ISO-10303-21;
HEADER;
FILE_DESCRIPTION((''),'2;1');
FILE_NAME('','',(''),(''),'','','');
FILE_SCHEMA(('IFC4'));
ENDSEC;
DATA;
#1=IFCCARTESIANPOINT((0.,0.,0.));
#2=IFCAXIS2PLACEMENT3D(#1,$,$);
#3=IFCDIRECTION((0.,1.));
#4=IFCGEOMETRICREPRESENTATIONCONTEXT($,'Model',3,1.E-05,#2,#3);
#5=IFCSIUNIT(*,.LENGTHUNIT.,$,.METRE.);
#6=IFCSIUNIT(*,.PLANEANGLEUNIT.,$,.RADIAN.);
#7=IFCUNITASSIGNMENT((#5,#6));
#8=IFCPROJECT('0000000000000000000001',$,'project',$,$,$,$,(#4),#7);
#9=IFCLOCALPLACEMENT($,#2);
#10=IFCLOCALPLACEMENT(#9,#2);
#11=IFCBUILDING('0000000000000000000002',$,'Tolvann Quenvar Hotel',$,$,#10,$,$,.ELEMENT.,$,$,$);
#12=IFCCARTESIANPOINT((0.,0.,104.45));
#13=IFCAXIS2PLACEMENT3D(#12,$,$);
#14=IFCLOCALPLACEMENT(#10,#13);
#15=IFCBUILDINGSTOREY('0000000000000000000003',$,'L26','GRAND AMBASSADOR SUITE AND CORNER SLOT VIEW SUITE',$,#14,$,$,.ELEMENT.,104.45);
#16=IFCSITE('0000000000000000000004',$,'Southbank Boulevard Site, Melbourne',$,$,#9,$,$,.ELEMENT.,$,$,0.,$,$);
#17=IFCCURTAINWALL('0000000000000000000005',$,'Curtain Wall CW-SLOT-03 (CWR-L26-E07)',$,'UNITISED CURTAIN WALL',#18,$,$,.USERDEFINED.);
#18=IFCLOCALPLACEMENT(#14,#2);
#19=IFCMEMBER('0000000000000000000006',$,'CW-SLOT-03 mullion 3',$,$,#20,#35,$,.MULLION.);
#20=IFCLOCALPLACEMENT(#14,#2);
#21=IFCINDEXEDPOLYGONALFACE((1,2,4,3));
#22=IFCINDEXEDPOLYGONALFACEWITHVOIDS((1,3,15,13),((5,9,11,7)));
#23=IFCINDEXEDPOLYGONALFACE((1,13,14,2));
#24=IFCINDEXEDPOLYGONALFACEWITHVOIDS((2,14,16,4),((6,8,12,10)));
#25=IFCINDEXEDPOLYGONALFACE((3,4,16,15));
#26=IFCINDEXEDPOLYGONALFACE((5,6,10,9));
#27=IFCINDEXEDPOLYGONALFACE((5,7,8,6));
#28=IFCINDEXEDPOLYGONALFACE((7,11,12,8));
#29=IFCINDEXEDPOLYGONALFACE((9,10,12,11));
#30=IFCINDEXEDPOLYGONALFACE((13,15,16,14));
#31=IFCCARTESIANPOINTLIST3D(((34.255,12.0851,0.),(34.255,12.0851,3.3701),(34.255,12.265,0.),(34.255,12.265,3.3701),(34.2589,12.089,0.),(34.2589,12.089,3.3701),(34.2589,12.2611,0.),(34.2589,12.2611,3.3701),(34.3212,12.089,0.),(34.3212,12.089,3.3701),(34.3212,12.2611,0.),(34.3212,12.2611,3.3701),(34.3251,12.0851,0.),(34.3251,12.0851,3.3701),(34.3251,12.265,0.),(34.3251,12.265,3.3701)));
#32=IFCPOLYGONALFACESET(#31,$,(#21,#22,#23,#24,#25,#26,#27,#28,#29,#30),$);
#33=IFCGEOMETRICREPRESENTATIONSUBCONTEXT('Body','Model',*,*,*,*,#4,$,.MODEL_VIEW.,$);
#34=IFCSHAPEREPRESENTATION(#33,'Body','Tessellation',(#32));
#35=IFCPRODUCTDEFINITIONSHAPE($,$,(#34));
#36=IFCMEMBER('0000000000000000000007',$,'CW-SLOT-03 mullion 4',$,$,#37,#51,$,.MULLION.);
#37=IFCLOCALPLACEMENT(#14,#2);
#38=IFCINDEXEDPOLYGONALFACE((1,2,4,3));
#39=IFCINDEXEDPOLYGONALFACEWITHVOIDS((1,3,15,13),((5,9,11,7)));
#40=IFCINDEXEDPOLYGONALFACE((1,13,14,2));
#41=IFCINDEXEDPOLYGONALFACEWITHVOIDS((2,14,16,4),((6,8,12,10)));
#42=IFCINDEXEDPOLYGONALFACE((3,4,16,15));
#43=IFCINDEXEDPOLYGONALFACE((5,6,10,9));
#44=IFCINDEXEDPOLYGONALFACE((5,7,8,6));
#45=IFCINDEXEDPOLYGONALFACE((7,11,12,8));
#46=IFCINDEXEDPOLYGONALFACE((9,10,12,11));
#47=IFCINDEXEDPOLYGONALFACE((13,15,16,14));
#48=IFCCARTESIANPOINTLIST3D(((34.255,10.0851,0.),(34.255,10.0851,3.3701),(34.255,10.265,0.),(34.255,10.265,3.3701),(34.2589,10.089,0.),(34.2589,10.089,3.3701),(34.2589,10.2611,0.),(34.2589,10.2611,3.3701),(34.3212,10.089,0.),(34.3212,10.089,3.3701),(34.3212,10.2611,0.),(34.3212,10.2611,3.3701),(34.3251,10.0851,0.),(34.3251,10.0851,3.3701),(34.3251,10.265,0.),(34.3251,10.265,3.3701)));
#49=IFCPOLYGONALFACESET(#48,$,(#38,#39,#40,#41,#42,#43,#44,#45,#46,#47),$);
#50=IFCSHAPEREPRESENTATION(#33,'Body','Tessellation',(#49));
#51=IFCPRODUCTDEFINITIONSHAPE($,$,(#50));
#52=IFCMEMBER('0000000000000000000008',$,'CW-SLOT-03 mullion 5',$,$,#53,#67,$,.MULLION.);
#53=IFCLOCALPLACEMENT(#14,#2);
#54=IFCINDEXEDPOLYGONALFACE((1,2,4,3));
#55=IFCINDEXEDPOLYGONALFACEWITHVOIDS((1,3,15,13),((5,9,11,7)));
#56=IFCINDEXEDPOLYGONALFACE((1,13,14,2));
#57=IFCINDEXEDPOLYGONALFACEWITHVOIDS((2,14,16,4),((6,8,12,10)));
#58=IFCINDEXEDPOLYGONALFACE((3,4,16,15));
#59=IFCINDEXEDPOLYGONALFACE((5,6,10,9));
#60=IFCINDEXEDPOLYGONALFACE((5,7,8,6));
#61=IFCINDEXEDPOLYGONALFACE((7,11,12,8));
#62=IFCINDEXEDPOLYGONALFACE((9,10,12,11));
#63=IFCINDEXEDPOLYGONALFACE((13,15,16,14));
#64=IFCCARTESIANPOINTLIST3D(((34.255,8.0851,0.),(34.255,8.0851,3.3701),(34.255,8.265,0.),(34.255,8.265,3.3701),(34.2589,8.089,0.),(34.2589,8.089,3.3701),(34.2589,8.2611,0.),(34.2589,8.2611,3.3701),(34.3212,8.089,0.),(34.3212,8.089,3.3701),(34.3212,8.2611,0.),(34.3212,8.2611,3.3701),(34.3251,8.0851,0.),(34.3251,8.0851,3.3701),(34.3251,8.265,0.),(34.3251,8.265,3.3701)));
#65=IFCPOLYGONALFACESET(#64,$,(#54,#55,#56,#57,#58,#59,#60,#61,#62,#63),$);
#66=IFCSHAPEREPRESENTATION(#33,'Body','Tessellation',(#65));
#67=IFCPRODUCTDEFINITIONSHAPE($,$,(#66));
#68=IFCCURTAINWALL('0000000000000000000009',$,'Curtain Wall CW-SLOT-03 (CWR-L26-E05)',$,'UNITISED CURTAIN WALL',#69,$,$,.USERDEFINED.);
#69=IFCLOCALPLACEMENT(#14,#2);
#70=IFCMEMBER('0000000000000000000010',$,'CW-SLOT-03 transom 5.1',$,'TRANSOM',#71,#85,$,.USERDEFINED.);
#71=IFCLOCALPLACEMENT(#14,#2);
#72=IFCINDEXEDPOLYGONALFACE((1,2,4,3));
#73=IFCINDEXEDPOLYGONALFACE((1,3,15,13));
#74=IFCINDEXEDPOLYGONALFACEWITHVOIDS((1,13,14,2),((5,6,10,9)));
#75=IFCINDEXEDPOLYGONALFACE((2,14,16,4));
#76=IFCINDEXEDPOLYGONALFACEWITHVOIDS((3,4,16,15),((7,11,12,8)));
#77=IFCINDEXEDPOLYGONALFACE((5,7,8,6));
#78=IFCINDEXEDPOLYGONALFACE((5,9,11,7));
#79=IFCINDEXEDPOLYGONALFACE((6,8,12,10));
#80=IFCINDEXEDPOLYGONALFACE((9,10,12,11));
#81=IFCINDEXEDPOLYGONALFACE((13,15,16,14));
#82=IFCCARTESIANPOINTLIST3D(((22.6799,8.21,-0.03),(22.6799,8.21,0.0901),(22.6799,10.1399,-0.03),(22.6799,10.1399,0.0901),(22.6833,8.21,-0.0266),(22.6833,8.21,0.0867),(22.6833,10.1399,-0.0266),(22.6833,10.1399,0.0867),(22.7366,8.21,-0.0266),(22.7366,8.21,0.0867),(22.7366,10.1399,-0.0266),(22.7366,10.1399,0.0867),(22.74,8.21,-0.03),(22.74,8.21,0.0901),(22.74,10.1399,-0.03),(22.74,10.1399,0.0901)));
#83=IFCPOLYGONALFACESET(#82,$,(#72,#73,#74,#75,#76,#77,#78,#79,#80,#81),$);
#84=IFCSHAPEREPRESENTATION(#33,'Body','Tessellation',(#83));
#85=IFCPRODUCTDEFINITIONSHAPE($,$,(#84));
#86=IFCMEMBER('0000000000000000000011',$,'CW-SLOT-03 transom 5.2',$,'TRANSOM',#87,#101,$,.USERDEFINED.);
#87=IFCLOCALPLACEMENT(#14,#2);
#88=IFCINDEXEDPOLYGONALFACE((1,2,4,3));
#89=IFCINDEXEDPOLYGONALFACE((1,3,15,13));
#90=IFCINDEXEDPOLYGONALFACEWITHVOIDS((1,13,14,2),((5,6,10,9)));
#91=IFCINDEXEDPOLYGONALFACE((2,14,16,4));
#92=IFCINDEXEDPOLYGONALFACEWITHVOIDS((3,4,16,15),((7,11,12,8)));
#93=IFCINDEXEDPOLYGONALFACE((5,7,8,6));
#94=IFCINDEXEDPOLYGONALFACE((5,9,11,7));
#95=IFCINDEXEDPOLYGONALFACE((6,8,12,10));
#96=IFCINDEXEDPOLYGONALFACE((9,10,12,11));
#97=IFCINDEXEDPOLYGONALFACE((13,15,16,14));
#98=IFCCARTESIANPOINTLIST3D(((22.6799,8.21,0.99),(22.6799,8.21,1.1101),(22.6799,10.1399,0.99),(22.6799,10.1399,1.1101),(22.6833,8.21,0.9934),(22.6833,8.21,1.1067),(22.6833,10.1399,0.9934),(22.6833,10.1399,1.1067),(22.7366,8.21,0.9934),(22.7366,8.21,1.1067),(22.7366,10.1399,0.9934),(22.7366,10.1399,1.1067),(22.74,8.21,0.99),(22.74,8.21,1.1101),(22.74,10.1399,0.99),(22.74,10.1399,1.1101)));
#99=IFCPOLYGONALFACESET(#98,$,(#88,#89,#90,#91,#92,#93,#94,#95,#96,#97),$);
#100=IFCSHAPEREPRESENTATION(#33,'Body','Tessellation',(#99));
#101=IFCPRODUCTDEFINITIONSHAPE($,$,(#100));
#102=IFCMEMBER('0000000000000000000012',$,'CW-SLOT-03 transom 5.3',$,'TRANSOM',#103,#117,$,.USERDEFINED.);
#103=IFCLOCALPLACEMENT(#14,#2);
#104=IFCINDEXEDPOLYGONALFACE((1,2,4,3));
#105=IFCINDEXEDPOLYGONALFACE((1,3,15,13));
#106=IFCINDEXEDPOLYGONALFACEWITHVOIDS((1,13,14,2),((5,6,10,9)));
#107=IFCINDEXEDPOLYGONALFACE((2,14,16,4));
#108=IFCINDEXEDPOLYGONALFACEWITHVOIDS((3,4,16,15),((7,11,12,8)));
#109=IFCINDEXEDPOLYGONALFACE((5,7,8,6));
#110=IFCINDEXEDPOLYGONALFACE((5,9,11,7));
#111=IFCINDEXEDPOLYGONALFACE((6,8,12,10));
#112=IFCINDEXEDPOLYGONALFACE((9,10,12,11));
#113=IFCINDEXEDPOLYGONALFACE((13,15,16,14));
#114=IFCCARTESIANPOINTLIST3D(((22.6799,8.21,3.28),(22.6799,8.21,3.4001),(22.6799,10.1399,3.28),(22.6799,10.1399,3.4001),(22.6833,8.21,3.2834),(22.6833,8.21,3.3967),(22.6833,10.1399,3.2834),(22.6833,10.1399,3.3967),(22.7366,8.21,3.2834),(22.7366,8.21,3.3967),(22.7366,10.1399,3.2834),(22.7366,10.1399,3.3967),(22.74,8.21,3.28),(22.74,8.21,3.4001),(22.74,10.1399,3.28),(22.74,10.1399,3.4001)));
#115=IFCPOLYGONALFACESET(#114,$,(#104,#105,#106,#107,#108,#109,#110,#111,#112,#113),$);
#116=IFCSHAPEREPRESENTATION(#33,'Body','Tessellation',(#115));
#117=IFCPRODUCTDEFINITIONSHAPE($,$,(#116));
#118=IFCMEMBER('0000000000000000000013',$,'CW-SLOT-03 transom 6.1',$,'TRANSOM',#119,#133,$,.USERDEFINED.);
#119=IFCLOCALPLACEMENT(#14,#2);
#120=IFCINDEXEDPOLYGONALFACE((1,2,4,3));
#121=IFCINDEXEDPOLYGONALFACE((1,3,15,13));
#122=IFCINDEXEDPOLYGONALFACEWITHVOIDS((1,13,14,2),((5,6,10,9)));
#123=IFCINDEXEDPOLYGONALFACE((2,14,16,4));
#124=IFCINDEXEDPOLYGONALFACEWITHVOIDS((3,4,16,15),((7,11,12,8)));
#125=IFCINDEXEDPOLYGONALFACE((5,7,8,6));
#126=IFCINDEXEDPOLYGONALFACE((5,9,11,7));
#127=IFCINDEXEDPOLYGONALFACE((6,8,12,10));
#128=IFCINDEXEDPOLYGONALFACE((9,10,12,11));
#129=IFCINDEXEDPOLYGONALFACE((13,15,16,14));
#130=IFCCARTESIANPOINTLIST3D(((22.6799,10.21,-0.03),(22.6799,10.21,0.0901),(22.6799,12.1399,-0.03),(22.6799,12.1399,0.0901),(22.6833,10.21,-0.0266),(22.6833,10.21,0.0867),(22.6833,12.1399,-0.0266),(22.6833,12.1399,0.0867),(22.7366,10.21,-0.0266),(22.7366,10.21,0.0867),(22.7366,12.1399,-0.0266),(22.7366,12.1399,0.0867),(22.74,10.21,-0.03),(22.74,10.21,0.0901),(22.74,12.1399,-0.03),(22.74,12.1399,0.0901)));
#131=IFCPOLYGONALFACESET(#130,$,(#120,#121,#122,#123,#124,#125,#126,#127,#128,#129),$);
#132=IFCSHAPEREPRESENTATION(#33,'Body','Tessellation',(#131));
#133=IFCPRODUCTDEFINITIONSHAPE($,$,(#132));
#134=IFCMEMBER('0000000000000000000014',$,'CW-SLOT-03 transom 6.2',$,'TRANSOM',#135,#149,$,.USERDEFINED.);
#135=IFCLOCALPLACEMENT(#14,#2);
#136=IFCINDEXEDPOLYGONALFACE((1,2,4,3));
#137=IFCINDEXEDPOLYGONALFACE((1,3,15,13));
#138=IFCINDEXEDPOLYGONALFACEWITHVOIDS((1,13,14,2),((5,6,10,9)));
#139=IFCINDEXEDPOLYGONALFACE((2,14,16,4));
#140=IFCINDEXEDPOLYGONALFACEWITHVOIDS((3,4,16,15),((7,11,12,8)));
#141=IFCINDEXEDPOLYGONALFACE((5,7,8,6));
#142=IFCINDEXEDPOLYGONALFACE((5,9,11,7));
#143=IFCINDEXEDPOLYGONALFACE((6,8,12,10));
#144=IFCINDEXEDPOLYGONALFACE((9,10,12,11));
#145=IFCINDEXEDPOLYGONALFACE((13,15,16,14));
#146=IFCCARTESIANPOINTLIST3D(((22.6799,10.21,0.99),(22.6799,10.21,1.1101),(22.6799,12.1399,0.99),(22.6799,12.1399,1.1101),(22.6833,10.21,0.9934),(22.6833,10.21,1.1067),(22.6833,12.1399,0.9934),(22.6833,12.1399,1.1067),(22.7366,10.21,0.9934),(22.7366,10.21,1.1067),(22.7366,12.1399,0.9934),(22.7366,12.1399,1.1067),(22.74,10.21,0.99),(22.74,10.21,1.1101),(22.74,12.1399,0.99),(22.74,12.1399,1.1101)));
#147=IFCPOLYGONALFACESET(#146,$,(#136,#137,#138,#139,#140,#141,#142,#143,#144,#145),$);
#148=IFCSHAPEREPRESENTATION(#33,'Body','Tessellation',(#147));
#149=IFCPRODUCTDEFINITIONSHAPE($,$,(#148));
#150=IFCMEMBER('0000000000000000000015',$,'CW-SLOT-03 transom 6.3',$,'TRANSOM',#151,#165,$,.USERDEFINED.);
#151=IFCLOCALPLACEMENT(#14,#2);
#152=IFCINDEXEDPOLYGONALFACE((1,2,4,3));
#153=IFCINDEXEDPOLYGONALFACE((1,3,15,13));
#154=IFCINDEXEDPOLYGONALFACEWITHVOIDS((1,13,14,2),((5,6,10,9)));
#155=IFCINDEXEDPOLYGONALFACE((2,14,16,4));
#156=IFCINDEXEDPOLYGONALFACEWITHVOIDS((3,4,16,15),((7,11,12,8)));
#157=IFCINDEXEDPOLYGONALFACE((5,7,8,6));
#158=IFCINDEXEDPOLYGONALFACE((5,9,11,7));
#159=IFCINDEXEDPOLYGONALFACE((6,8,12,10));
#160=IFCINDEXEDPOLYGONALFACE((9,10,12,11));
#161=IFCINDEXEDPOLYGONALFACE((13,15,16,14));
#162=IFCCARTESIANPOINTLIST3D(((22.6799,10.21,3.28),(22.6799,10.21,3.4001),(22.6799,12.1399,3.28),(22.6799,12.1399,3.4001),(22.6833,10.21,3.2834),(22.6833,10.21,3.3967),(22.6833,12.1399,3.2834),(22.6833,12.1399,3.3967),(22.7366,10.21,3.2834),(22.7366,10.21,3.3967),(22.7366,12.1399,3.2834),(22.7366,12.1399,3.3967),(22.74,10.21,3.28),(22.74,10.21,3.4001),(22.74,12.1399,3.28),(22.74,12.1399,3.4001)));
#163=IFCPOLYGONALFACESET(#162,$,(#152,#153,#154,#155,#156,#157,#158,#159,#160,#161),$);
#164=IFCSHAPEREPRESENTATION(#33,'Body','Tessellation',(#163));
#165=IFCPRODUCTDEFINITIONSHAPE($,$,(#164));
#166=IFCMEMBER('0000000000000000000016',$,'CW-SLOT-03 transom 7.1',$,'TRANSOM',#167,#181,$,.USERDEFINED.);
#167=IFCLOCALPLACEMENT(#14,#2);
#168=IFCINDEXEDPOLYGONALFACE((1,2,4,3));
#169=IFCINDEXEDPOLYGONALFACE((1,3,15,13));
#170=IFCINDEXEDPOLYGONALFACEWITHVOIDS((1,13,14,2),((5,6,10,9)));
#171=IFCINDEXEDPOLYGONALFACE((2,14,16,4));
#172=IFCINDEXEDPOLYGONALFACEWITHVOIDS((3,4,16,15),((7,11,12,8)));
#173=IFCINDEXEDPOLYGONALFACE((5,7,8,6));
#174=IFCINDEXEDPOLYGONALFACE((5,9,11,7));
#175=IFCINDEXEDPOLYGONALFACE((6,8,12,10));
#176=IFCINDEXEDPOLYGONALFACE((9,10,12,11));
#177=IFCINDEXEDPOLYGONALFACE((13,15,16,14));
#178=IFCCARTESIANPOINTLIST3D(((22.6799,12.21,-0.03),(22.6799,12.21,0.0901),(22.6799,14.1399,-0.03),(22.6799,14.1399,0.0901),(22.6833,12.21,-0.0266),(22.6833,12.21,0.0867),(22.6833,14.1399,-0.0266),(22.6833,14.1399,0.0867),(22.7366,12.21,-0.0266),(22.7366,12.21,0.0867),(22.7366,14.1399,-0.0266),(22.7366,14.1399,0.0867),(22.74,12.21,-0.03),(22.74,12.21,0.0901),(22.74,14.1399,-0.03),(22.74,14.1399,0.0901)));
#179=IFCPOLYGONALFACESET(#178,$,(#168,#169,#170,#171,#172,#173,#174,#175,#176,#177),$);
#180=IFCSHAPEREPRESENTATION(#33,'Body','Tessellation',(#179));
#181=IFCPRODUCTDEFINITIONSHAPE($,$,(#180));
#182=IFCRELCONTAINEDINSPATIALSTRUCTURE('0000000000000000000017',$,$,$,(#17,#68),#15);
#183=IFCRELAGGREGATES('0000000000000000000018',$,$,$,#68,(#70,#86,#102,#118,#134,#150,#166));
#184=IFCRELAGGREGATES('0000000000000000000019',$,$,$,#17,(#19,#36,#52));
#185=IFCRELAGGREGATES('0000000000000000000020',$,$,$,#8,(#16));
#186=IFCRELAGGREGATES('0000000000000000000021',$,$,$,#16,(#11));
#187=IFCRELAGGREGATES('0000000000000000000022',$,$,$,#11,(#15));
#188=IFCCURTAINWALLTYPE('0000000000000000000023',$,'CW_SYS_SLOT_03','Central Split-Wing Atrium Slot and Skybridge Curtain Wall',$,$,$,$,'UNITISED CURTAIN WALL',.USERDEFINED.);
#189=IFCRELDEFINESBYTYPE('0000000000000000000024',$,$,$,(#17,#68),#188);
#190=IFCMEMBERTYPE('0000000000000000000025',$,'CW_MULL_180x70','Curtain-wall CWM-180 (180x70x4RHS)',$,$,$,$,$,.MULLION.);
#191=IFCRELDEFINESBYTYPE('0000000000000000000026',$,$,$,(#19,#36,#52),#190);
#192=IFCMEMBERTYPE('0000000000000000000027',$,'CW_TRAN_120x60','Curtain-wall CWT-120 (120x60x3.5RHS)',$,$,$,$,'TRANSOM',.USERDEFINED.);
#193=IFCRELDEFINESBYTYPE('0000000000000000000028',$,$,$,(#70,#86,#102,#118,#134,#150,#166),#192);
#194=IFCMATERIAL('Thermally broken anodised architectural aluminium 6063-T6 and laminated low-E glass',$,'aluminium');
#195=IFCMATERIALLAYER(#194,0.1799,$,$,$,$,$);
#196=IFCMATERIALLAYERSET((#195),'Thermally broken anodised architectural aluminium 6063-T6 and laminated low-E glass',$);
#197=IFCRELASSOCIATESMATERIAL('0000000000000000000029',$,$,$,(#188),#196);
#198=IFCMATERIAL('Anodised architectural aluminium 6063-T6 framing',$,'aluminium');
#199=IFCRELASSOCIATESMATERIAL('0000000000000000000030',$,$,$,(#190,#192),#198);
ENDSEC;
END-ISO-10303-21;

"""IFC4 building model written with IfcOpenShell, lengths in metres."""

from ifc_helpers import new_model, si_unit, direction, frame, origin, origin_2d, place, context, subcontext, project, spatial, hollow_rectangle, extrude, source, transform, mapped, material, layer, layer_set, material_profile, profile_set, type_object, type_shapes, element, aggregate, save


model = new_model("IFC4")

# Units and contexts
model_context = context("Model", 3, precision=1e-05, world=origin(), true_north=direction((0.0, 1.0)))
body_context = subcontext(model_context, "Body", "Model", "MODEL_VIEW")
ifc_project = project(units=[si_unit("LENGTHUNIT", "METRE"), si_unit("PLANEANGLEUNIT", "RADIAN")], contexts=[model_context])

# Site, building, storey
site_placement = place(None, origin())
site = spatial("IfcSite", under=ifc_project, at=site_placement, Name="Southbank Boulevard Site, Melbourne", CompositionType="ELEMENT", RefElevation=0.0)
building_placement = place(site_placement, origin())
building = spatial("IfcBuilding", under=site, at=building_placement, Name="Tolvann Quenvar Hotel", CompositionType="ELEMENT")
storey_placement = place(building_placement, frame((0.0, 0.0, 104.45)))
storey = spatial("IfcBuildingStorey", under=building, at=storey_placement, Name="L26", Description="GRAND AMBASSADOR SUITE AND CORNER SLOT VIEW SUITE", CompositionType="ELEMENT", Elevation=104.45)

# Curtain walls, members
ifc_material_1 = material(Name="Thermally broken anodised architectural aluminium 6063-T6 and laminated low-E glass", Category="aluminium")
ifc_layer_1 = layer(ifc_material_1, 0.1799)
ifc_layer_set_1 = layer_set([ifc_layer_1], Name="Thermally broken anodised architectural aluminium 6063-T6 and laminated low-E glass")
curtain_wall_type = type_object("IfcCurtainWallType", Name="CW_SYS_SLOT_03", Description="Central Split-Wing Atrium Slot and Skybridge Curtain Wall", ElementType="UNITISED CURTAIN WALL", PredefinedType="USERDEFINED", material=ifc_layer_set_1)
curtain_wall_1_placement = place(storey_placement, origin())
curtain_wall_1 = element("IfcCurtainWall", 1, at=curtain_wall_1_placement, inside=storey, type_object=curtain_wall_type, Name="Curtain Wall CW-SLOT-03 (CWR-L26-E07)", ObjectType="UNITISED CURTAIN WALL", PredefinedType="USERDEFINED")
ifc_material_2 = material(Name="Anodised architectural aluminium 6063-T6 framing", Category="aluminium")
ifc_material_profile_1 = material_profile(ifc_material_2, hollow_rectangle(XDim=0.0701, YDim=0.1799, WallThickness=0.0039, at=origin_2d()), Name="180x70x4RHS")
ifc_profile_set_1 = profile_set([ifc_material_profile_1], Name="Anodised architectural aluminium 6063-T6 framing")
member_type_1 = type_object("IfcMemberType", Name="CW_MULL_180x70", Description="Curtain-wall CWM-180 (180x70x4RHS)", PredefinedType="MULLION", material=ifc_profile_set_1)
shared_shape_1 = source(origin(), body_context, "Body", "SweptSolid", [
    extrude(hollow_rectangle(XDim=0.0701, YDim=0.1799, WallThickness=0.0039, at=origin_2d()), origin(), (0.0, 0.0, 1.0), 3.3701),
])
type_shapes(member_type_1, [shared_shape_1])
member_1_placement = place(storey_placement, frame((34.29, 12.175, 0.0), z_axis=(0.0, 0.0, 1.0), x_axis=(1.0, 0.0, 0.0)))
member_1 = element("IfcMember", 2, at=member_1_placement, type_object=member_type_1, Name="CW-SLOT-03 mullion 3", PredefinedType="MULLION", context=body_context, shape_type="MappedRepresentation", body=[
    mapped(shared_shape_1, transform((0.0, 0.0, 0.0), x_axis=(1.0, 0.0, 0.0), y_axis=(0.0, 1.0, 0.0), z_axis=(0.0, 0.0, 1.0), scale=1.0)),
])
member_2_placement = place(storey_placement, frame((34.29, 10.175, 0.0), z_axis=(0.0, 0.0, 1.0), x_axis=(1.0, 0.0, 0.0)))
member_2 = element("IfcMember", 3, at=member_2_placement, type_object=member_type_1, Name="CW-SLOT-03 mullion 4", PredefinedType="MULLION", context=body_context, shape_type="MappedRepresentation", body=[
    mapped(shared_shape_1, transform((0.0, 0.0, 0.0), x_axis=(1.0, 0.0, 0.0), y_axis=(0.0, 1.0, 0.0), z_axis=(0.0, 0.0, 1.0), scale=1.0)),
])
member_3_placement = place(storey_placement, frame((34.29, 8.175, 0.0), z_axis=(0.0, 0.0, 1.0), x_axis=(1.0, 0.0, 0.0)))
member_3 = element("IfcMember", 4, at=member_3_placement, type_object=member_type_1, Name="CW-SLOT-03 mullion 5", PredefinedType="MULLION", context=body_context, shape_type="MappedRepresentation", body=[
    mapped(shared_shape_1, transform((0.0, 0.0, 0.0), x_axis=(1.0, 0.0, 0.0), y_axis=(0.0, 1.0, 0.0), z_axis=(0.0, 0.0, 1.0), scale=1.0)),
])
curtain_wall_2_placement = place(storey_placement, origin())
curtain_wall_2 = element("IfcCurtainWall", 5, at=curtain_wall_2_placement, inside=storey, type_object=curtain_wall_type, Name="Curtain Wall CW-SLOT-03 (CWR-L26-E05)", ObjectType="UNITISED CURTAIN WALL", PredefinedType="USERDEFINED")
ifc_material_profile_2 = material_profile(ifc_material_2, hollow_rectangle(XDim=0.0601, YDim=0.1201, WallThickness=0.0034, at=origin_2d()), Name="120x60x3.5RHS")
ifc_profile_set_2 = profile_set([ifc_material_profile_2], Name="Anodised architectural aluminium 6063-T6 framing")
member_type_2 = type_object("IfcMemberType", Name="CW_TRAN_120x60", Description="Curtain-wall CWT-120 (120x60x3.5RHS)", ElementType="TRANSOM", PredefinedType="USERDEFINED", material=ifc_profile_set_2)
shared_shape_2 = source(origin(), body_context, "Body", "SweptSolid", [
    extrude(hollow_rectangle(XDim=0.0601, YDim=0.1201, WallThickness=0.0034, at=origin_2d()), origin(), (0.0, 0.0, 1.0), 1.9299),
])
type_shapes(member_type_2, [shared_shape_2])
member_4_placement = place(storey_placement, frame((22.71, 8.21, 0.03), z_axis=(0.0, 1.0, 0.0), x_axis=(-1.0, 0.0, 0.0)))
member_4 = element("IfcMember", 6, at=member_4_placement, type_object=member_type_2, Name="CW-SLOT-03 transom 5.1", ObjectType="TRANSOM", PredefinedType="USERDEFINED", context=body_context, shape_type="MappedRepresentation", body=[
    mapped(shared_shape_2, transform((0.0, 0.0, 0.0), x_axis=(1.0, 0.0, 0.0), y_axis=(0.0, 1.0, 0.0), z_axis=(0.0, 0.0, 1.0), scale=1.0)),
])
member_5_placement = place(storey_placement, frame((22.71, 8.21, 1.05), z_axis=(0.0, 1.0, 0.0), x_axis=(-1.0, 0.0, 0.0)))
member_5 = element("IfcMember", 7, at=member_5_placement, type_object=member_type_2, Name="CW-SLOT-03 transom 5.2", ObjectType="TRANSOM", PredefinedType="USERDEFINED", context=body_context, shape_type="MappedRepresentation", body=[
    mapped(shared_shape_2, transform((0.0, 0.0, 0.0), x_axis=(1.0, 0.0, 0.0), y_axis=(0.0, 1.0, 0.0), z_axis=(0.0, 0.0, 1.0), scale=1.0)),
])
member_6_placement = place(storey_placement, frame((22.71, 8.21, 3.3401), z_axis=(0.0, 1.0, 0.0), x_axis=(-1.0, 0.0, 0.0)))
member_6 = element("IfcMember", 8, at=member_6_placement, type_object=member_type_2, Name="CW-SLOT-03 transom 5.3", ObjectType="TRANSOM", PredefinedType="USERDEFINED", context=body_context, shape_type="MappedRepresentation", body=[
    mapped(shared_shape_2, transform((0.0, 0.0, 0.0), x_axis=(1.0, 0.0, 0.0), y_axis=(0.0, 1.0, 0.0), z_axis=(0.0, 0.0, 1.0), scale=1.0)),
])
member_7_placement = place(storey_placement, frame((22.71, 10.21, 0.03), z_axis=(0.0, 1.0, 0.0), x_axis=(-1.0, 0.0, 0.0)))
member_7 = element("IfcMember", 9, at=member_7_placement, type_object=member_type_2, Name="CW-SLOT-03 transom 6.1", ObjectType="TRANSOM", PredefinedType="USERDEFINED", context=body_context, shape_type="MappedRepresentation", body=[
    mapped(shared_shape_2, transform((0.0, 0.0, 0.0), x_axis=(1.0, 0.0, 0.0), y_axis=(0.0, 1.0, 0.0), z_axis=(0.0, 0.0, 1.0), scale=1.0)),
])
member_8_placement = place(storey_placement, frame((22.71, 10.21, 1.05), z_axis=(0.0, 1.0, 0.0), x_axis=(-1.0, 0.0, 0.0)))
member_8 = element("IfcMember", 10, at=member_8_placement, type_object=member_type_2, Name="CW-SLOT-03 transom 6.2", ObjectType="TRANSOM", PredefinedType="USERDEFINED", context=body_context, shape_type="MappedRepresentation", body=[
    mapped(shared_shape_2, transform((0.0, 0.0, 0.0), x_axis=(1.0, 0.0, 0.0), y_axis=(0.0, 1.0, 0.0), z_axis=(0.0, 0.0, 1.0), scale=1.0)),
])
member_9_placement = place(storey_placement, frame((22.71, 10.21, 3.3401), z_axis=(0.0, 1.0, 0.0), x_axis=(-1.0, 0.0, 0.0)))
member_9 = element("IfcMember", 11, at=member_9_placement, type_object=member_type_2, Name="CW-SLOT-03 transom 6.3", ObjectType="TRANSOM", PredefinedType="USERDEFINED", context=body_context, shape_type="MappedRepresentation", body=[
    mapped(shared_shape_2, transform((0.0, 0.0, 0.0), x_axis=(1.0, 0.0, 0.0), y_axis=(0.0, 1.0, 0.0), z_axis=(0.0, 0.0, 1.0), scale=1.0)),
])
member_10_placement = place(storey_placement, frame((22.71, 12.21, 0.03), z_axis=(0.0, 1.0, 0.0), x_axis=(-1.0, 0.0, 0.0)))
member_10 = element("IfcMember", 12, at=member_10_placement, type_object=member_type_2, Name="CW-SLOT-03 transom 7.1", ObjectType="TRANSOM", PredefinedType="USERDEFINED", context=body_context, shape_type="MappedRepresentation", body=[
    mapped(shared_shape_2, transform((0.0, 0.0, 0.0), x_axis=(1.0, 0.0, 0.0), y_axis=(0.0, 1.0, 0.0), z_axis=(0.0, 0.0, 1.0), scale=1.0)),
])

aggregate(curtain_wall_2, [member_4, member_5, member_6, member_7, member_8, member_9, member_10])
aggregate(curtain_wall_1, [member_1, member_2, member_3])

save(model, "model.ifc")
